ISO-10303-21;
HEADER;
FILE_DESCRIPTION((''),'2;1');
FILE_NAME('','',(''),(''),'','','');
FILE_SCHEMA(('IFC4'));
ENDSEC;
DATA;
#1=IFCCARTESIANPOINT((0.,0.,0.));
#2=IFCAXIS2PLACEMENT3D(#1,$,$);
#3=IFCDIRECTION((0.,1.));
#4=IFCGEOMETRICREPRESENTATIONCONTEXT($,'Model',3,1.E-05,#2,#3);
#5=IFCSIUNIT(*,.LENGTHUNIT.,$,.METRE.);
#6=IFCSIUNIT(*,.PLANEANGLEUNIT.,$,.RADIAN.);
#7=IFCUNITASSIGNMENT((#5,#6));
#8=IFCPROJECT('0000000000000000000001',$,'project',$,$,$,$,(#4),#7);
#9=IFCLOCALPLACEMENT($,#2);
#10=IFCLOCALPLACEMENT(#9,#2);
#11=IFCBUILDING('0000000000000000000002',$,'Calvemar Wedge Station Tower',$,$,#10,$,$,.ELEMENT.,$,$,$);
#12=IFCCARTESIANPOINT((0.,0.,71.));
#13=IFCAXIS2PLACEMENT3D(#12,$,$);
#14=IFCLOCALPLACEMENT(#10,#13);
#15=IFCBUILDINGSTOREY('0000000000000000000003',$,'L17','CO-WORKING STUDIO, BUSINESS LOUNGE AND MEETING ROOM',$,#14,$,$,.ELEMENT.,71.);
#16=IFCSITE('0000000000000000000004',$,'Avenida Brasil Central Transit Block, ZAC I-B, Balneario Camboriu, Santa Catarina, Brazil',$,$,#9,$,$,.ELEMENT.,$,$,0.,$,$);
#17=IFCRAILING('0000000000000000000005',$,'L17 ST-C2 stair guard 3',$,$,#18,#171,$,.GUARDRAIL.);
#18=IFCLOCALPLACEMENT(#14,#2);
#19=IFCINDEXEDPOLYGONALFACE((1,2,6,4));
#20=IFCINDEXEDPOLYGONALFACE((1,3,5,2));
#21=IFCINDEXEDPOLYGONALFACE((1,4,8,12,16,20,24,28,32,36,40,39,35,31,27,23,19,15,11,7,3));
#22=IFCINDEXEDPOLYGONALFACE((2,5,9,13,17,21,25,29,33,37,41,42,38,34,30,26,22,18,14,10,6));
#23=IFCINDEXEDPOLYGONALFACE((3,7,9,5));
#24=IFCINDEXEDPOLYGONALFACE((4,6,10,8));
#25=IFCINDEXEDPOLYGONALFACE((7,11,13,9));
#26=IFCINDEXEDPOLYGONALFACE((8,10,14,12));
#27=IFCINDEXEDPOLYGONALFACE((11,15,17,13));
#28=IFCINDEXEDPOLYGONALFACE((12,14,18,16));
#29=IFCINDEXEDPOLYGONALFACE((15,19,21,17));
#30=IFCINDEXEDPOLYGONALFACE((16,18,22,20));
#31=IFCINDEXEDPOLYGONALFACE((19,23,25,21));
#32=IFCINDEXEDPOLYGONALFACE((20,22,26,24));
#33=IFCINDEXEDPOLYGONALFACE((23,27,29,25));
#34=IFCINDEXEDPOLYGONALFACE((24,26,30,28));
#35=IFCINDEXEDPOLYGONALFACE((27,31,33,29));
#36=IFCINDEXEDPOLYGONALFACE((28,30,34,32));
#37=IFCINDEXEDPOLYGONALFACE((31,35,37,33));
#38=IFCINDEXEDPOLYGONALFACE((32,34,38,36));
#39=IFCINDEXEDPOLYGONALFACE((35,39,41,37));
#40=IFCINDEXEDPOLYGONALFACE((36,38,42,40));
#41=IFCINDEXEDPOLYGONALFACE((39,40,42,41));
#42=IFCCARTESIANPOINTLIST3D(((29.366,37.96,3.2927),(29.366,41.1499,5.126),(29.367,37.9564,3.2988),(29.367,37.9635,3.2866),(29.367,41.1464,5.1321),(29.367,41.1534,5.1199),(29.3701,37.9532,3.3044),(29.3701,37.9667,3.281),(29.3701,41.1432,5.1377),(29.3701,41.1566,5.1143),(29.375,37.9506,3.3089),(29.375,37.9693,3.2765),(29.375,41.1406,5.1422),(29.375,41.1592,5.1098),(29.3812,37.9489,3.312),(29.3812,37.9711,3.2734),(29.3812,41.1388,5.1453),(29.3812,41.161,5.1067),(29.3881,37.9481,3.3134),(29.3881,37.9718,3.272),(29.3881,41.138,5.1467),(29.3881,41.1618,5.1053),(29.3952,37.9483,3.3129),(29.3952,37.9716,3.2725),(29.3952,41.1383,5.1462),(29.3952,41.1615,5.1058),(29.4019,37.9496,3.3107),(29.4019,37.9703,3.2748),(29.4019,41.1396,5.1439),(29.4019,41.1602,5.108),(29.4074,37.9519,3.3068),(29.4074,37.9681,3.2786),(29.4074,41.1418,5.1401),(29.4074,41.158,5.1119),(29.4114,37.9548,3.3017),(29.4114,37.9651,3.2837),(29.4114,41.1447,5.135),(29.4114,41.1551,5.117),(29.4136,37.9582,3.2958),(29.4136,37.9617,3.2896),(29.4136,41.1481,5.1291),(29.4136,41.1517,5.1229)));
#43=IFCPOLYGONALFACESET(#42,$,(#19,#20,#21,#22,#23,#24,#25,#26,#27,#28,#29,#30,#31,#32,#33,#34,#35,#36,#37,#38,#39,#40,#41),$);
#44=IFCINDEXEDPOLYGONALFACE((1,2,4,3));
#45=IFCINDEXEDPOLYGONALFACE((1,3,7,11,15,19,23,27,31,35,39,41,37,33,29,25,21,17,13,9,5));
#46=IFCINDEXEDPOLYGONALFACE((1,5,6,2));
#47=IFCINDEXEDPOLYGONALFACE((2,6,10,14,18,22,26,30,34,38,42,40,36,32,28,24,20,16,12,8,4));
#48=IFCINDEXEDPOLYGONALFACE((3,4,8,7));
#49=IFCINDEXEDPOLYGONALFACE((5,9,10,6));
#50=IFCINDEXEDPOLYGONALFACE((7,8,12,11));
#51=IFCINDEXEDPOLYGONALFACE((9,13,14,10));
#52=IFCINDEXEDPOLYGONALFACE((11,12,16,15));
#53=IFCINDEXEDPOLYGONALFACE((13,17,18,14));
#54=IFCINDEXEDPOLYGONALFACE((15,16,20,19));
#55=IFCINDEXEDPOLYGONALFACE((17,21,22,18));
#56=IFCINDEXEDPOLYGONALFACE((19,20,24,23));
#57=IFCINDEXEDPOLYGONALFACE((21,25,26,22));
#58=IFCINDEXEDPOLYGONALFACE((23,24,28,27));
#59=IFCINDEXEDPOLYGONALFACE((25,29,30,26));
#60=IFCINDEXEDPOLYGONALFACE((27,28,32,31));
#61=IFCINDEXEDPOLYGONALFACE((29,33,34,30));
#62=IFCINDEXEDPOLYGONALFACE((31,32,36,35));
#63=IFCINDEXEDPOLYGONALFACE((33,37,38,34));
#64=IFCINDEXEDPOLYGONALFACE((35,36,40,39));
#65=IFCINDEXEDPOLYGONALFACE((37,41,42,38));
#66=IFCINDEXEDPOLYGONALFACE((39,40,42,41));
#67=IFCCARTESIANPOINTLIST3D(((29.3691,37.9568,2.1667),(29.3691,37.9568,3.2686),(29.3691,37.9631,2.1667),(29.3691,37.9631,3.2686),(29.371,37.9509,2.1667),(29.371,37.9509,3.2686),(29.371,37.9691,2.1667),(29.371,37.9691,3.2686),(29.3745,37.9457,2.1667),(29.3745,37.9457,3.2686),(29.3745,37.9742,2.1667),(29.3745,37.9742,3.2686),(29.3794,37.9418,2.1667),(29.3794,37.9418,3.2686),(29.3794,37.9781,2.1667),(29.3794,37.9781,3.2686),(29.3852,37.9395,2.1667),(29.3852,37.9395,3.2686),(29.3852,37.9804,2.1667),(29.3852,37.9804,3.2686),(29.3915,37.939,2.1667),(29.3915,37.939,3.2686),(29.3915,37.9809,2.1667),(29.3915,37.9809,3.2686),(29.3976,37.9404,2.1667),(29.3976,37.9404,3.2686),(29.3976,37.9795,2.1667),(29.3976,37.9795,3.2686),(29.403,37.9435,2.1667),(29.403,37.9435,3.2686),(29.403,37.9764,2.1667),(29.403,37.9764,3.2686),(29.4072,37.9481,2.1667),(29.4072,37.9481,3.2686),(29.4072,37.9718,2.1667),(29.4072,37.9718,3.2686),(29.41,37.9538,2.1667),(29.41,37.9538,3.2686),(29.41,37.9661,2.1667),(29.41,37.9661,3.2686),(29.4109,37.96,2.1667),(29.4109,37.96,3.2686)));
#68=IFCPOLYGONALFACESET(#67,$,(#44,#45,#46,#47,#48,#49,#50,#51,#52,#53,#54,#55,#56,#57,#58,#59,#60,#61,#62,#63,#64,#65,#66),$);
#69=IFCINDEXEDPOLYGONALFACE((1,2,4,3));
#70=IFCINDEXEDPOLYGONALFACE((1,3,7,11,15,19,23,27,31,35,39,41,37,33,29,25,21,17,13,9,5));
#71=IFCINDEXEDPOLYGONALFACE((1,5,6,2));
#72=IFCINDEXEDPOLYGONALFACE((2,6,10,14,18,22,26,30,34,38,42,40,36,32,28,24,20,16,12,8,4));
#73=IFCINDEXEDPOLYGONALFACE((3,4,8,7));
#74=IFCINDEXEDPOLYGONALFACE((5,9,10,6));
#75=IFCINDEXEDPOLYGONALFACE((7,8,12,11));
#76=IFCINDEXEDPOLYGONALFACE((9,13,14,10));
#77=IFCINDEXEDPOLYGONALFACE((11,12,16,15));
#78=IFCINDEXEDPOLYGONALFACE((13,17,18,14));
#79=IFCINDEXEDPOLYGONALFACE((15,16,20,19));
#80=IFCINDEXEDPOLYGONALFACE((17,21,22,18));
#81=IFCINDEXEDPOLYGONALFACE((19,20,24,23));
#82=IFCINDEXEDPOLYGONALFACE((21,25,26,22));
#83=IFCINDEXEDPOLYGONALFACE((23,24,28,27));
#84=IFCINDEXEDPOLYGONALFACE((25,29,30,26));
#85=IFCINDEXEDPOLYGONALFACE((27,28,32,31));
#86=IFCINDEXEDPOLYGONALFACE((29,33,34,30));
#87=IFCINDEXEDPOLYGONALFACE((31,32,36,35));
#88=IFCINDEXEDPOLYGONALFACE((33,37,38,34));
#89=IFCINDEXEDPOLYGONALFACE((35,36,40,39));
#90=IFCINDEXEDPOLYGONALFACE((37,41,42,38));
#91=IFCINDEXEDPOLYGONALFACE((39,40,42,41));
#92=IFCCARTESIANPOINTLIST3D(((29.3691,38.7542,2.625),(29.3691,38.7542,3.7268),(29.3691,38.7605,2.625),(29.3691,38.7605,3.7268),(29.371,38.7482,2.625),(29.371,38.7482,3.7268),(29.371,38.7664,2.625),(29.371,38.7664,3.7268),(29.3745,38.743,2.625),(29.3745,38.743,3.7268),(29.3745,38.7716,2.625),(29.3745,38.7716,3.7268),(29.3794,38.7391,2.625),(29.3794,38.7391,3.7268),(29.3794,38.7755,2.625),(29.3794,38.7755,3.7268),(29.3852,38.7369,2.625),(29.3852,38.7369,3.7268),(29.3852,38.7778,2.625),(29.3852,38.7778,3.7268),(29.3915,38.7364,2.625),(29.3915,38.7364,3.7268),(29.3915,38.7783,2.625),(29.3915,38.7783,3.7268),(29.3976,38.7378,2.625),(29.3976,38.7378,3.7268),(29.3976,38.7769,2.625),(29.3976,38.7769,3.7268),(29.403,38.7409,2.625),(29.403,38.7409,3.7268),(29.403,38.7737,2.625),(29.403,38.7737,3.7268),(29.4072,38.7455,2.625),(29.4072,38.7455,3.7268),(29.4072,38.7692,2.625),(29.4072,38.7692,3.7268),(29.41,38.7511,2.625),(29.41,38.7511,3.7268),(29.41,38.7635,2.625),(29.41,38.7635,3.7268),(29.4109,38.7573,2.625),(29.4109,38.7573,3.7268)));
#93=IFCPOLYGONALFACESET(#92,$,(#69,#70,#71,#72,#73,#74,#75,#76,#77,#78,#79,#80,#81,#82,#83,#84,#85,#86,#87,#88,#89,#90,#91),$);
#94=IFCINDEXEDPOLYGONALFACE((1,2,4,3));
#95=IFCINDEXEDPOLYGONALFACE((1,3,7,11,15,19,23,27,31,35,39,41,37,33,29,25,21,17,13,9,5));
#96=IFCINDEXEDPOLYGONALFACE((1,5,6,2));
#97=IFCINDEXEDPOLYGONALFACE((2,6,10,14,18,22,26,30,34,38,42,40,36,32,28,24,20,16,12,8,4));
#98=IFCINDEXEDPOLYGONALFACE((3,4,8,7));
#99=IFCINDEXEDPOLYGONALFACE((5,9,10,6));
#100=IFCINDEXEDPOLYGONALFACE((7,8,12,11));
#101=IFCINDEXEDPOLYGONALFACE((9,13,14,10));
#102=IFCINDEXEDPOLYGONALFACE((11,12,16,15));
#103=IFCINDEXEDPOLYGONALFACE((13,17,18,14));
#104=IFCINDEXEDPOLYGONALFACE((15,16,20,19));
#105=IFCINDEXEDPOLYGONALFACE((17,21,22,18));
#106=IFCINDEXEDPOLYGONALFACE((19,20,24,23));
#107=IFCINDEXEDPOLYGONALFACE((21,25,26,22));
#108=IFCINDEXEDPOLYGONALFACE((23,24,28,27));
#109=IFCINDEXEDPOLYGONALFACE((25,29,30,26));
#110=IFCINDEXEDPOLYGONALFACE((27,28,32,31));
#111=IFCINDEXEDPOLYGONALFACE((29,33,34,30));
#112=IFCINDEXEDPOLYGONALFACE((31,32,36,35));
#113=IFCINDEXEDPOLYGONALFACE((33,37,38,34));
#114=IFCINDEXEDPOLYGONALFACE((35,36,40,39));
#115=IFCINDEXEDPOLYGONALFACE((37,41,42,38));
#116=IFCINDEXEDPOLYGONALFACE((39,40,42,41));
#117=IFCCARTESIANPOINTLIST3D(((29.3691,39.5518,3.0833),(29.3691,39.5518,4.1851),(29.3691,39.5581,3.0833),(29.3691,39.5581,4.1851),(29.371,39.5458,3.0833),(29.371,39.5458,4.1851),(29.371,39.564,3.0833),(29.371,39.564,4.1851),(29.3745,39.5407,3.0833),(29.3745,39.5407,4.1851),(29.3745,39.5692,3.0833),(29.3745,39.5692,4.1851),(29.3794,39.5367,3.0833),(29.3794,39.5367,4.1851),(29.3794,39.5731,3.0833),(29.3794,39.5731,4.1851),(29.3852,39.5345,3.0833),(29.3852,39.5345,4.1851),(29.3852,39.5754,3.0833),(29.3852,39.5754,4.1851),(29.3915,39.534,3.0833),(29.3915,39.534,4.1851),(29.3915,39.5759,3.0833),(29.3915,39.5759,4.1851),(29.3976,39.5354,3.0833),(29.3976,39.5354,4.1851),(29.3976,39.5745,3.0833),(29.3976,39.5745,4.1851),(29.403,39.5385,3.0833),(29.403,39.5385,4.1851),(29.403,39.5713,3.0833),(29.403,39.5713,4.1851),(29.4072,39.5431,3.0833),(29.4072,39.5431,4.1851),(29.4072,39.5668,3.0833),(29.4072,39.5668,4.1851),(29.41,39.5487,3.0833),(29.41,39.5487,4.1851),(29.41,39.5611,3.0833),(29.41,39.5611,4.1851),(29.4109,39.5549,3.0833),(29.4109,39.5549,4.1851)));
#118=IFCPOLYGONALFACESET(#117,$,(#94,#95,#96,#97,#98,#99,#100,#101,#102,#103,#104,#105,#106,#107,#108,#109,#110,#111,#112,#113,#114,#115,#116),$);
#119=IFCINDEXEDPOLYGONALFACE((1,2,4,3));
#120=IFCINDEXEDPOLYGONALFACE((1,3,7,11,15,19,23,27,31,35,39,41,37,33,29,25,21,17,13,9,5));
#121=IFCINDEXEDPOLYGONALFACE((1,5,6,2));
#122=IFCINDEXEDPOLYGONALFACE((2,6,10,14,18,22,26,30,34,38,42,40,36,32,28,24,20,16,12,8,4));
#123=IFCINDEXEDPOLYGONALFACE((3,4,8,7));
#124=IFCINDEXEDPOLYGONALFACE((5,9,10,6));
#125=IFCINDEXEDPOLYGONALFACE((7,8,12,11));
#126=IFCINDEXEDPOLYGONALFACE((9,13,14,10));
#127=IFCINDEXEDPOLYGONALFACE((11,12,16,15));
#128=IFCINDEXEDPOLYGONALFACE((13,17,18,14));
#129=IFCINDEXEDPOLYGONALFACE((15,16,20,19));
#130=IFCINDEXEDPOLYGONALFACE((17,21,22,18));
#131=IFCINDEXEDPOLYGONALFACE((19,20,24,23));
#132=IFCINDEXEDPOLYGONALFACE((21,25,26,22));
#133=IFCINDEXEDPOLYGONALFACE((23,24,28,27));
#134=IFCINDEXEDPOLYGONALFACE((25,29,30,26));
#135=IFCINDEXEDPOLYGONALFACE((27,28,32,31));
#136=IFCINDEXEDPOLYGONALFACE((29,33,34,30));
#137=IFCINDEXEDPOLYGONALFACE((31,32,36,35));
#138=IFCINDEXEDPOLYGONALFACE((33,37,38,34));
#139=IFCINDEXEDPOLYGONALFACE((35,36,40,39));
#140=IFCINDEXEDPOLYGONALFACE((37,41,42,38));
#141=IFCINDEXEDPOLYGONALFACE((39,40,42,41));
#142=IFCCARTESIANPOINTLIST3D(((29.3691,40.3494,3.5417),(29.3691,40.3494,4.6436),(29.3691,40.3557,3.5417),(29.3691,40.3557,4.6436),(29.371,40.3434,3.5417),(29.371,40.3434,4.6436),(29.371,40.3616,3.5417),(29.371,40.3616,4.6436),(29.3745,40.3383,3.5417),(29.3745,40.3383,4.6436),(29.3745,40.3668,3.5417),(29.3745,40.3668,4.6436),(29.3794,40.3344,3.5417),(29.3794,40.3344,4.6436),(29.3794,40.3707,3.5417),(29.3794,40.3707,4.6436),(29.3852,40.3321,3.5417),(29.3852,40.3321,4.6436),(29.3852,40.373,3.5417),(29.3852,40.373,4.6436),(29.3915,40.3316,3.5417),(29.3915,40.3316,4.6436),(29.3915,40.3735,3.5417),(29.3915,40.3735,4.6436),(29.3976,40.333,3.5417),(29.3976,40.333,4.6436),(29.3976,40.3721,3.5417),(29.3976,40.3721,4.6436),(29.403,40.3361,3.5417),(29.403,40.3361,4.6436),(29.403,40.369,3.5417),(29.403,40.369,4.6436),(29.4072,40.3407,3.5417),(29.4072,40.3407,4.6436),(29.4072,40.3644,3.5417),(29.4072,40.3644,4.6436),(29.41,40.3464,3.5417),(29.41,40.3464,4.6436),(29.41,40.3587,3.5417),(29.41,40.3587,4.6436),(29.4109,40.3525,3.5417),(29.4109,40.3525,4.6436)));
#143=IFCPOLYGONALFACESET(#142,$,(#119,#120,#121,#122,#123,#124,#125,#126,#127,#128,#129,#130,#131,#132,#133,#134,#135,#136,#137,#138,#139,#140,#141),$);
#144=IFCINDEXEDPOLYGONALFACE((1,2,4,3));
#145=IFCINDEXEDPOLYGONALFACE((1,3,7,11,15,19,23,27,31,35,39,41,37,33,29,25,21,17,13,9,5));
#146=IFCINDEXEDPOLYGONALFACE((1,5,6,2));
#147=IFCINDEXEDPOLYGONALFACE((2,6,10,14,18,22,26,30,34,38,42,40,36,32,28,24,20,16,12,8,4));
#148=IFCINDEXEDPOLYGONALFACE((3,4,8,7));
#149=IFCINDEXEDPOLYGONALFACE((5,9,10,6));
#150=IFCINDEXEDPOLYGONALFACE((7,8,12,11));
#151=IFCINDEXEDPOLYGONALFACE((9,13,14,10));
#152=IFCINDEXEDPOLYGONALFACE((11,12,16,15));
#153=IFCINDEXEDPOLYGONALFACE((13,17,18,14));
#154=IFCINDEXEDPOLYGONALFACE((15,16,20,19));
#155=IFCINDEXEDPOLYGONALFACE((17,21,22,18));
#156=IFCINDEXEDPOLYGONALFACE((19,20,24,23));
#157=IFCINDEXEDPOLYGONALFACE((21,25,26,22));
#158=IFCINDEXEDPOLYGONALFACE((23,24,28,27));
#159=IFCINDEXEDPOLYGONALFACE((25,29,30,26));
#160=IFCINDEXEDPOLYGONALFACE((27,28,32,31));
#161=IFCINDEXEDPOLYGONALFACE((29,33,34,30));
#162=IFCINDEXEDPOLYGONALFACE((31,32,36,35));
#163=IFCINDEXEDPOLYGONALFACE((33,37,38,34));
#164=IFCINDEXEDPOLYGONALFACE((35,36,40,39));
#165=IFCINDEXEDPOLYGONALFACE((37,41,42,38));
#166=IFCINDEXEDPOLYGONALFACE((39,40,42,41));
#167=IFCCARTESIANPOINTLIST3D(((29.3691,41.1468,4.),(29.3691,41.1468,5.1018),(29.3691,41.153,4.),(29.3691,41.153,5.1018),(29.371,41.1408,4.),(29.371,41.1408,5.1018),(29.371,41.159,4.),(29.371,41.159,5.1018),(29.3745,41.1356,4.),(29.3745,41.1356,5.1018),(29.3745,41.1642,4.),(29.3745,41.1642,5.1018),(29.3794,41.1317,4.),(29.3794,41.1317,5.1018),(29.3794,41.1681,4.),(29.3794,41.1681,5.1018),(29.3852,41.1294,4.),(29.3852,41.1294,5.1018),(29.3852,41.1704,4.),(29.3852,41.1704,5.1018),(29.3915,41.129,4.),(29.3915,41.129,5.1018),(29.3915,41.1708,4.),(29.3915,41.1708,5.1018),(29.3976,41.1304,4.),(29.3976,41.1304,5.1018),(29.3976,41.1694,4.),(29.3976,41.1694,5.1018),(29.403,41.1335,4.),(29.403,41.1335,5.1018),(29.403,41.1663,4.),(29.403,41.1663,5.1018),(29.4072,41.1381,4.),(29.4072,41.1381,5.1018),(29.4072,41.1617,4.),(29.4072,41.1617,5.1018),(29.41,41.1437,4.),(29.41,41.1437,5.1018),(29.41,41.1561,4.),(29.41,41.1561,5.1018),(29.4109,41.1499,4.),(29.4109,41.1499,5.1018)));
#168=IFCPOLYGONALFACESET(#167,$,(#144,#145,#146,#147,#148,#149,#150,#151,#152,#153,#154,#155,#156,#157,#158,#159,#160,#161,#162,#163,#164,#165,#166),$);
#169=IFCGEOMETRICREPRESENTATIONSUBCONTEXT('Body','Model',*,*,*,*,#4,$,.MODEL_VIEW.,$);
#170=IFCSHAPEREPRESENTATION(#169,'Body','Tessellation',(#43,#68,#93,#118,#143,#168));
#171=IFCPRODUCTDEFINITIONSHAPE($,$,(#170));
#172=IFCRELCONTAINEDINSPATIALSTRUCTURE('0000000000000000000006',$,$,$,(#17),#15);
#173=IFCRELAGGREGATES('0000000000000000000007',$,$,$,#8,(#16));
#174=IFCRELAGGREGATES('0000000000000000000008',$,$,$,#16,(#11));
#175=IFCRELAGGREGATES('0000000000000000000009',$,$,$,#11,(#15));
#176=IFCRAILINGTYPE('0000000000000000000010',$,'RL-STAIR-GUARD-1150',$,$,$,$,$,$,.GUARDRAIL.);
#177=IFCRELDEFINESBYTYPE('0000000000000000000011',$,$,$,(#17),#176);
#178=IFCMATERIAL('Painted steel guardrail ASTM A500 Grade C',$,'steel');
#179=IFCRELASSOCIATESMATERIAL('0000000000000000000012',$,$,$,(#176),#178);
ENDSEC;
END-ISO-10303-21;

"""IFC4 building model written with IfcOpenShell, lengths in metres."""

from ifc_helpers import new_model, si_unit, direction, frame, origin, origin_2d, place, context, subcontext, project, spatial, circle, extrude, material, type_object, element, save


model = new_model("IFC4")

# Units and contexts
model_context = context("Model", 3, precision=1e-05, world=origin(), true_north=direction((0.0, 1.0)))
body_context = subcontext(model_context, "Body", "Model", "MODEL_VIEW")
ifc_project = project(units=[si_unit("LENGTHUNIT", "METRE"), si_unit("PLANEANGLEUNIT", "RADIAN")], contexts=[model_context])

# Site, building, storey
site_placement = place(None, origin())
site = spatial("IfcSite", under=ifc_project, at=site_placement, Name="Avenida Brasil Central Transit Block, ZAC I-B, Balneario Camboriu, Santa Catarina, Brazil", CompositionType="ELEMENT", RefElevation=0.0)
building_placement = place(site_placement, origin())
building = spatial("IfcBuilding", under=site, at=building_placement, Name="Calvemar Wedge Station Tower", CompositionType="ELEMENT")
storey_placement = place(building_placement, frame((0.0, 0.0, 71.0)))
storey = spatial("IfcBuildingStorey", under=building, at=storey_placement, Name="L17", Description="CO-WORKING STUDIO, BUSINESS LOUNGE AND MEETING ROOM", CompositionType="ELEMENT", Elevation=71.0)

# Railing
ifc_material_1 = material(Name="Painted steel guardrail ASTM A500 Grade C", Category="steel")
railing_type_1 = type_object("IfcRailingType", Name="RL-STAIR-GUARD-1150", PredefinedType="GUARDRAIL", material=ifc_material_1)
railing_1_placement = place(storey_placement, frame((29.3899, 37.96, 2.1667)))
element("IfcRailing", 1, at=railing_1_placement, inside=storey, type_object=railing_type_1, Name="L17 ST-C2 stair guard 3", PredefinedType="GUARDRAIL", context=body_context, shape_type="SweptSolid", body=[
    extrude(circle(Radius=0.0239, at=origin_2d()), frame((0.0, 0.0, 1.126), z_axis=(0.0, 0.86702, 0.498274), x_axis=(-1.0, 0.0, 0.0)), (0.0, 0.0, 1.0), 3.6792),
    extrude(circle(Radius=0.021, at=origin_2d()), origin(), (0.0, 0.0, 1.0), 1.1018),
    extrude(circle(Radius=0.021, at=origin_2d()), frame((0.0, 0.7974, 0.4583)), (0.0, 0.0, 1.0), 1.1018),
    extrude(circle(Radius=0.021, at=origin_2d()), frame((0.0, 1.595, 0.9165)), (0.0, 0.0, 1.0), 1.1018),
    extrude(circle(Radius=0.021, at=origin_2d()), frame((0.0, 2.3926, 1.375)), (0.0, 0.0, 1.0), 1.1018),
    extrude(circle(Radius=0.021, at=origin_2d()), frame((0.0, 3.1899, 1.8333)), (0.0, 0.0, 1.0), 1.1018),
])

save(model, "model.ifc")
